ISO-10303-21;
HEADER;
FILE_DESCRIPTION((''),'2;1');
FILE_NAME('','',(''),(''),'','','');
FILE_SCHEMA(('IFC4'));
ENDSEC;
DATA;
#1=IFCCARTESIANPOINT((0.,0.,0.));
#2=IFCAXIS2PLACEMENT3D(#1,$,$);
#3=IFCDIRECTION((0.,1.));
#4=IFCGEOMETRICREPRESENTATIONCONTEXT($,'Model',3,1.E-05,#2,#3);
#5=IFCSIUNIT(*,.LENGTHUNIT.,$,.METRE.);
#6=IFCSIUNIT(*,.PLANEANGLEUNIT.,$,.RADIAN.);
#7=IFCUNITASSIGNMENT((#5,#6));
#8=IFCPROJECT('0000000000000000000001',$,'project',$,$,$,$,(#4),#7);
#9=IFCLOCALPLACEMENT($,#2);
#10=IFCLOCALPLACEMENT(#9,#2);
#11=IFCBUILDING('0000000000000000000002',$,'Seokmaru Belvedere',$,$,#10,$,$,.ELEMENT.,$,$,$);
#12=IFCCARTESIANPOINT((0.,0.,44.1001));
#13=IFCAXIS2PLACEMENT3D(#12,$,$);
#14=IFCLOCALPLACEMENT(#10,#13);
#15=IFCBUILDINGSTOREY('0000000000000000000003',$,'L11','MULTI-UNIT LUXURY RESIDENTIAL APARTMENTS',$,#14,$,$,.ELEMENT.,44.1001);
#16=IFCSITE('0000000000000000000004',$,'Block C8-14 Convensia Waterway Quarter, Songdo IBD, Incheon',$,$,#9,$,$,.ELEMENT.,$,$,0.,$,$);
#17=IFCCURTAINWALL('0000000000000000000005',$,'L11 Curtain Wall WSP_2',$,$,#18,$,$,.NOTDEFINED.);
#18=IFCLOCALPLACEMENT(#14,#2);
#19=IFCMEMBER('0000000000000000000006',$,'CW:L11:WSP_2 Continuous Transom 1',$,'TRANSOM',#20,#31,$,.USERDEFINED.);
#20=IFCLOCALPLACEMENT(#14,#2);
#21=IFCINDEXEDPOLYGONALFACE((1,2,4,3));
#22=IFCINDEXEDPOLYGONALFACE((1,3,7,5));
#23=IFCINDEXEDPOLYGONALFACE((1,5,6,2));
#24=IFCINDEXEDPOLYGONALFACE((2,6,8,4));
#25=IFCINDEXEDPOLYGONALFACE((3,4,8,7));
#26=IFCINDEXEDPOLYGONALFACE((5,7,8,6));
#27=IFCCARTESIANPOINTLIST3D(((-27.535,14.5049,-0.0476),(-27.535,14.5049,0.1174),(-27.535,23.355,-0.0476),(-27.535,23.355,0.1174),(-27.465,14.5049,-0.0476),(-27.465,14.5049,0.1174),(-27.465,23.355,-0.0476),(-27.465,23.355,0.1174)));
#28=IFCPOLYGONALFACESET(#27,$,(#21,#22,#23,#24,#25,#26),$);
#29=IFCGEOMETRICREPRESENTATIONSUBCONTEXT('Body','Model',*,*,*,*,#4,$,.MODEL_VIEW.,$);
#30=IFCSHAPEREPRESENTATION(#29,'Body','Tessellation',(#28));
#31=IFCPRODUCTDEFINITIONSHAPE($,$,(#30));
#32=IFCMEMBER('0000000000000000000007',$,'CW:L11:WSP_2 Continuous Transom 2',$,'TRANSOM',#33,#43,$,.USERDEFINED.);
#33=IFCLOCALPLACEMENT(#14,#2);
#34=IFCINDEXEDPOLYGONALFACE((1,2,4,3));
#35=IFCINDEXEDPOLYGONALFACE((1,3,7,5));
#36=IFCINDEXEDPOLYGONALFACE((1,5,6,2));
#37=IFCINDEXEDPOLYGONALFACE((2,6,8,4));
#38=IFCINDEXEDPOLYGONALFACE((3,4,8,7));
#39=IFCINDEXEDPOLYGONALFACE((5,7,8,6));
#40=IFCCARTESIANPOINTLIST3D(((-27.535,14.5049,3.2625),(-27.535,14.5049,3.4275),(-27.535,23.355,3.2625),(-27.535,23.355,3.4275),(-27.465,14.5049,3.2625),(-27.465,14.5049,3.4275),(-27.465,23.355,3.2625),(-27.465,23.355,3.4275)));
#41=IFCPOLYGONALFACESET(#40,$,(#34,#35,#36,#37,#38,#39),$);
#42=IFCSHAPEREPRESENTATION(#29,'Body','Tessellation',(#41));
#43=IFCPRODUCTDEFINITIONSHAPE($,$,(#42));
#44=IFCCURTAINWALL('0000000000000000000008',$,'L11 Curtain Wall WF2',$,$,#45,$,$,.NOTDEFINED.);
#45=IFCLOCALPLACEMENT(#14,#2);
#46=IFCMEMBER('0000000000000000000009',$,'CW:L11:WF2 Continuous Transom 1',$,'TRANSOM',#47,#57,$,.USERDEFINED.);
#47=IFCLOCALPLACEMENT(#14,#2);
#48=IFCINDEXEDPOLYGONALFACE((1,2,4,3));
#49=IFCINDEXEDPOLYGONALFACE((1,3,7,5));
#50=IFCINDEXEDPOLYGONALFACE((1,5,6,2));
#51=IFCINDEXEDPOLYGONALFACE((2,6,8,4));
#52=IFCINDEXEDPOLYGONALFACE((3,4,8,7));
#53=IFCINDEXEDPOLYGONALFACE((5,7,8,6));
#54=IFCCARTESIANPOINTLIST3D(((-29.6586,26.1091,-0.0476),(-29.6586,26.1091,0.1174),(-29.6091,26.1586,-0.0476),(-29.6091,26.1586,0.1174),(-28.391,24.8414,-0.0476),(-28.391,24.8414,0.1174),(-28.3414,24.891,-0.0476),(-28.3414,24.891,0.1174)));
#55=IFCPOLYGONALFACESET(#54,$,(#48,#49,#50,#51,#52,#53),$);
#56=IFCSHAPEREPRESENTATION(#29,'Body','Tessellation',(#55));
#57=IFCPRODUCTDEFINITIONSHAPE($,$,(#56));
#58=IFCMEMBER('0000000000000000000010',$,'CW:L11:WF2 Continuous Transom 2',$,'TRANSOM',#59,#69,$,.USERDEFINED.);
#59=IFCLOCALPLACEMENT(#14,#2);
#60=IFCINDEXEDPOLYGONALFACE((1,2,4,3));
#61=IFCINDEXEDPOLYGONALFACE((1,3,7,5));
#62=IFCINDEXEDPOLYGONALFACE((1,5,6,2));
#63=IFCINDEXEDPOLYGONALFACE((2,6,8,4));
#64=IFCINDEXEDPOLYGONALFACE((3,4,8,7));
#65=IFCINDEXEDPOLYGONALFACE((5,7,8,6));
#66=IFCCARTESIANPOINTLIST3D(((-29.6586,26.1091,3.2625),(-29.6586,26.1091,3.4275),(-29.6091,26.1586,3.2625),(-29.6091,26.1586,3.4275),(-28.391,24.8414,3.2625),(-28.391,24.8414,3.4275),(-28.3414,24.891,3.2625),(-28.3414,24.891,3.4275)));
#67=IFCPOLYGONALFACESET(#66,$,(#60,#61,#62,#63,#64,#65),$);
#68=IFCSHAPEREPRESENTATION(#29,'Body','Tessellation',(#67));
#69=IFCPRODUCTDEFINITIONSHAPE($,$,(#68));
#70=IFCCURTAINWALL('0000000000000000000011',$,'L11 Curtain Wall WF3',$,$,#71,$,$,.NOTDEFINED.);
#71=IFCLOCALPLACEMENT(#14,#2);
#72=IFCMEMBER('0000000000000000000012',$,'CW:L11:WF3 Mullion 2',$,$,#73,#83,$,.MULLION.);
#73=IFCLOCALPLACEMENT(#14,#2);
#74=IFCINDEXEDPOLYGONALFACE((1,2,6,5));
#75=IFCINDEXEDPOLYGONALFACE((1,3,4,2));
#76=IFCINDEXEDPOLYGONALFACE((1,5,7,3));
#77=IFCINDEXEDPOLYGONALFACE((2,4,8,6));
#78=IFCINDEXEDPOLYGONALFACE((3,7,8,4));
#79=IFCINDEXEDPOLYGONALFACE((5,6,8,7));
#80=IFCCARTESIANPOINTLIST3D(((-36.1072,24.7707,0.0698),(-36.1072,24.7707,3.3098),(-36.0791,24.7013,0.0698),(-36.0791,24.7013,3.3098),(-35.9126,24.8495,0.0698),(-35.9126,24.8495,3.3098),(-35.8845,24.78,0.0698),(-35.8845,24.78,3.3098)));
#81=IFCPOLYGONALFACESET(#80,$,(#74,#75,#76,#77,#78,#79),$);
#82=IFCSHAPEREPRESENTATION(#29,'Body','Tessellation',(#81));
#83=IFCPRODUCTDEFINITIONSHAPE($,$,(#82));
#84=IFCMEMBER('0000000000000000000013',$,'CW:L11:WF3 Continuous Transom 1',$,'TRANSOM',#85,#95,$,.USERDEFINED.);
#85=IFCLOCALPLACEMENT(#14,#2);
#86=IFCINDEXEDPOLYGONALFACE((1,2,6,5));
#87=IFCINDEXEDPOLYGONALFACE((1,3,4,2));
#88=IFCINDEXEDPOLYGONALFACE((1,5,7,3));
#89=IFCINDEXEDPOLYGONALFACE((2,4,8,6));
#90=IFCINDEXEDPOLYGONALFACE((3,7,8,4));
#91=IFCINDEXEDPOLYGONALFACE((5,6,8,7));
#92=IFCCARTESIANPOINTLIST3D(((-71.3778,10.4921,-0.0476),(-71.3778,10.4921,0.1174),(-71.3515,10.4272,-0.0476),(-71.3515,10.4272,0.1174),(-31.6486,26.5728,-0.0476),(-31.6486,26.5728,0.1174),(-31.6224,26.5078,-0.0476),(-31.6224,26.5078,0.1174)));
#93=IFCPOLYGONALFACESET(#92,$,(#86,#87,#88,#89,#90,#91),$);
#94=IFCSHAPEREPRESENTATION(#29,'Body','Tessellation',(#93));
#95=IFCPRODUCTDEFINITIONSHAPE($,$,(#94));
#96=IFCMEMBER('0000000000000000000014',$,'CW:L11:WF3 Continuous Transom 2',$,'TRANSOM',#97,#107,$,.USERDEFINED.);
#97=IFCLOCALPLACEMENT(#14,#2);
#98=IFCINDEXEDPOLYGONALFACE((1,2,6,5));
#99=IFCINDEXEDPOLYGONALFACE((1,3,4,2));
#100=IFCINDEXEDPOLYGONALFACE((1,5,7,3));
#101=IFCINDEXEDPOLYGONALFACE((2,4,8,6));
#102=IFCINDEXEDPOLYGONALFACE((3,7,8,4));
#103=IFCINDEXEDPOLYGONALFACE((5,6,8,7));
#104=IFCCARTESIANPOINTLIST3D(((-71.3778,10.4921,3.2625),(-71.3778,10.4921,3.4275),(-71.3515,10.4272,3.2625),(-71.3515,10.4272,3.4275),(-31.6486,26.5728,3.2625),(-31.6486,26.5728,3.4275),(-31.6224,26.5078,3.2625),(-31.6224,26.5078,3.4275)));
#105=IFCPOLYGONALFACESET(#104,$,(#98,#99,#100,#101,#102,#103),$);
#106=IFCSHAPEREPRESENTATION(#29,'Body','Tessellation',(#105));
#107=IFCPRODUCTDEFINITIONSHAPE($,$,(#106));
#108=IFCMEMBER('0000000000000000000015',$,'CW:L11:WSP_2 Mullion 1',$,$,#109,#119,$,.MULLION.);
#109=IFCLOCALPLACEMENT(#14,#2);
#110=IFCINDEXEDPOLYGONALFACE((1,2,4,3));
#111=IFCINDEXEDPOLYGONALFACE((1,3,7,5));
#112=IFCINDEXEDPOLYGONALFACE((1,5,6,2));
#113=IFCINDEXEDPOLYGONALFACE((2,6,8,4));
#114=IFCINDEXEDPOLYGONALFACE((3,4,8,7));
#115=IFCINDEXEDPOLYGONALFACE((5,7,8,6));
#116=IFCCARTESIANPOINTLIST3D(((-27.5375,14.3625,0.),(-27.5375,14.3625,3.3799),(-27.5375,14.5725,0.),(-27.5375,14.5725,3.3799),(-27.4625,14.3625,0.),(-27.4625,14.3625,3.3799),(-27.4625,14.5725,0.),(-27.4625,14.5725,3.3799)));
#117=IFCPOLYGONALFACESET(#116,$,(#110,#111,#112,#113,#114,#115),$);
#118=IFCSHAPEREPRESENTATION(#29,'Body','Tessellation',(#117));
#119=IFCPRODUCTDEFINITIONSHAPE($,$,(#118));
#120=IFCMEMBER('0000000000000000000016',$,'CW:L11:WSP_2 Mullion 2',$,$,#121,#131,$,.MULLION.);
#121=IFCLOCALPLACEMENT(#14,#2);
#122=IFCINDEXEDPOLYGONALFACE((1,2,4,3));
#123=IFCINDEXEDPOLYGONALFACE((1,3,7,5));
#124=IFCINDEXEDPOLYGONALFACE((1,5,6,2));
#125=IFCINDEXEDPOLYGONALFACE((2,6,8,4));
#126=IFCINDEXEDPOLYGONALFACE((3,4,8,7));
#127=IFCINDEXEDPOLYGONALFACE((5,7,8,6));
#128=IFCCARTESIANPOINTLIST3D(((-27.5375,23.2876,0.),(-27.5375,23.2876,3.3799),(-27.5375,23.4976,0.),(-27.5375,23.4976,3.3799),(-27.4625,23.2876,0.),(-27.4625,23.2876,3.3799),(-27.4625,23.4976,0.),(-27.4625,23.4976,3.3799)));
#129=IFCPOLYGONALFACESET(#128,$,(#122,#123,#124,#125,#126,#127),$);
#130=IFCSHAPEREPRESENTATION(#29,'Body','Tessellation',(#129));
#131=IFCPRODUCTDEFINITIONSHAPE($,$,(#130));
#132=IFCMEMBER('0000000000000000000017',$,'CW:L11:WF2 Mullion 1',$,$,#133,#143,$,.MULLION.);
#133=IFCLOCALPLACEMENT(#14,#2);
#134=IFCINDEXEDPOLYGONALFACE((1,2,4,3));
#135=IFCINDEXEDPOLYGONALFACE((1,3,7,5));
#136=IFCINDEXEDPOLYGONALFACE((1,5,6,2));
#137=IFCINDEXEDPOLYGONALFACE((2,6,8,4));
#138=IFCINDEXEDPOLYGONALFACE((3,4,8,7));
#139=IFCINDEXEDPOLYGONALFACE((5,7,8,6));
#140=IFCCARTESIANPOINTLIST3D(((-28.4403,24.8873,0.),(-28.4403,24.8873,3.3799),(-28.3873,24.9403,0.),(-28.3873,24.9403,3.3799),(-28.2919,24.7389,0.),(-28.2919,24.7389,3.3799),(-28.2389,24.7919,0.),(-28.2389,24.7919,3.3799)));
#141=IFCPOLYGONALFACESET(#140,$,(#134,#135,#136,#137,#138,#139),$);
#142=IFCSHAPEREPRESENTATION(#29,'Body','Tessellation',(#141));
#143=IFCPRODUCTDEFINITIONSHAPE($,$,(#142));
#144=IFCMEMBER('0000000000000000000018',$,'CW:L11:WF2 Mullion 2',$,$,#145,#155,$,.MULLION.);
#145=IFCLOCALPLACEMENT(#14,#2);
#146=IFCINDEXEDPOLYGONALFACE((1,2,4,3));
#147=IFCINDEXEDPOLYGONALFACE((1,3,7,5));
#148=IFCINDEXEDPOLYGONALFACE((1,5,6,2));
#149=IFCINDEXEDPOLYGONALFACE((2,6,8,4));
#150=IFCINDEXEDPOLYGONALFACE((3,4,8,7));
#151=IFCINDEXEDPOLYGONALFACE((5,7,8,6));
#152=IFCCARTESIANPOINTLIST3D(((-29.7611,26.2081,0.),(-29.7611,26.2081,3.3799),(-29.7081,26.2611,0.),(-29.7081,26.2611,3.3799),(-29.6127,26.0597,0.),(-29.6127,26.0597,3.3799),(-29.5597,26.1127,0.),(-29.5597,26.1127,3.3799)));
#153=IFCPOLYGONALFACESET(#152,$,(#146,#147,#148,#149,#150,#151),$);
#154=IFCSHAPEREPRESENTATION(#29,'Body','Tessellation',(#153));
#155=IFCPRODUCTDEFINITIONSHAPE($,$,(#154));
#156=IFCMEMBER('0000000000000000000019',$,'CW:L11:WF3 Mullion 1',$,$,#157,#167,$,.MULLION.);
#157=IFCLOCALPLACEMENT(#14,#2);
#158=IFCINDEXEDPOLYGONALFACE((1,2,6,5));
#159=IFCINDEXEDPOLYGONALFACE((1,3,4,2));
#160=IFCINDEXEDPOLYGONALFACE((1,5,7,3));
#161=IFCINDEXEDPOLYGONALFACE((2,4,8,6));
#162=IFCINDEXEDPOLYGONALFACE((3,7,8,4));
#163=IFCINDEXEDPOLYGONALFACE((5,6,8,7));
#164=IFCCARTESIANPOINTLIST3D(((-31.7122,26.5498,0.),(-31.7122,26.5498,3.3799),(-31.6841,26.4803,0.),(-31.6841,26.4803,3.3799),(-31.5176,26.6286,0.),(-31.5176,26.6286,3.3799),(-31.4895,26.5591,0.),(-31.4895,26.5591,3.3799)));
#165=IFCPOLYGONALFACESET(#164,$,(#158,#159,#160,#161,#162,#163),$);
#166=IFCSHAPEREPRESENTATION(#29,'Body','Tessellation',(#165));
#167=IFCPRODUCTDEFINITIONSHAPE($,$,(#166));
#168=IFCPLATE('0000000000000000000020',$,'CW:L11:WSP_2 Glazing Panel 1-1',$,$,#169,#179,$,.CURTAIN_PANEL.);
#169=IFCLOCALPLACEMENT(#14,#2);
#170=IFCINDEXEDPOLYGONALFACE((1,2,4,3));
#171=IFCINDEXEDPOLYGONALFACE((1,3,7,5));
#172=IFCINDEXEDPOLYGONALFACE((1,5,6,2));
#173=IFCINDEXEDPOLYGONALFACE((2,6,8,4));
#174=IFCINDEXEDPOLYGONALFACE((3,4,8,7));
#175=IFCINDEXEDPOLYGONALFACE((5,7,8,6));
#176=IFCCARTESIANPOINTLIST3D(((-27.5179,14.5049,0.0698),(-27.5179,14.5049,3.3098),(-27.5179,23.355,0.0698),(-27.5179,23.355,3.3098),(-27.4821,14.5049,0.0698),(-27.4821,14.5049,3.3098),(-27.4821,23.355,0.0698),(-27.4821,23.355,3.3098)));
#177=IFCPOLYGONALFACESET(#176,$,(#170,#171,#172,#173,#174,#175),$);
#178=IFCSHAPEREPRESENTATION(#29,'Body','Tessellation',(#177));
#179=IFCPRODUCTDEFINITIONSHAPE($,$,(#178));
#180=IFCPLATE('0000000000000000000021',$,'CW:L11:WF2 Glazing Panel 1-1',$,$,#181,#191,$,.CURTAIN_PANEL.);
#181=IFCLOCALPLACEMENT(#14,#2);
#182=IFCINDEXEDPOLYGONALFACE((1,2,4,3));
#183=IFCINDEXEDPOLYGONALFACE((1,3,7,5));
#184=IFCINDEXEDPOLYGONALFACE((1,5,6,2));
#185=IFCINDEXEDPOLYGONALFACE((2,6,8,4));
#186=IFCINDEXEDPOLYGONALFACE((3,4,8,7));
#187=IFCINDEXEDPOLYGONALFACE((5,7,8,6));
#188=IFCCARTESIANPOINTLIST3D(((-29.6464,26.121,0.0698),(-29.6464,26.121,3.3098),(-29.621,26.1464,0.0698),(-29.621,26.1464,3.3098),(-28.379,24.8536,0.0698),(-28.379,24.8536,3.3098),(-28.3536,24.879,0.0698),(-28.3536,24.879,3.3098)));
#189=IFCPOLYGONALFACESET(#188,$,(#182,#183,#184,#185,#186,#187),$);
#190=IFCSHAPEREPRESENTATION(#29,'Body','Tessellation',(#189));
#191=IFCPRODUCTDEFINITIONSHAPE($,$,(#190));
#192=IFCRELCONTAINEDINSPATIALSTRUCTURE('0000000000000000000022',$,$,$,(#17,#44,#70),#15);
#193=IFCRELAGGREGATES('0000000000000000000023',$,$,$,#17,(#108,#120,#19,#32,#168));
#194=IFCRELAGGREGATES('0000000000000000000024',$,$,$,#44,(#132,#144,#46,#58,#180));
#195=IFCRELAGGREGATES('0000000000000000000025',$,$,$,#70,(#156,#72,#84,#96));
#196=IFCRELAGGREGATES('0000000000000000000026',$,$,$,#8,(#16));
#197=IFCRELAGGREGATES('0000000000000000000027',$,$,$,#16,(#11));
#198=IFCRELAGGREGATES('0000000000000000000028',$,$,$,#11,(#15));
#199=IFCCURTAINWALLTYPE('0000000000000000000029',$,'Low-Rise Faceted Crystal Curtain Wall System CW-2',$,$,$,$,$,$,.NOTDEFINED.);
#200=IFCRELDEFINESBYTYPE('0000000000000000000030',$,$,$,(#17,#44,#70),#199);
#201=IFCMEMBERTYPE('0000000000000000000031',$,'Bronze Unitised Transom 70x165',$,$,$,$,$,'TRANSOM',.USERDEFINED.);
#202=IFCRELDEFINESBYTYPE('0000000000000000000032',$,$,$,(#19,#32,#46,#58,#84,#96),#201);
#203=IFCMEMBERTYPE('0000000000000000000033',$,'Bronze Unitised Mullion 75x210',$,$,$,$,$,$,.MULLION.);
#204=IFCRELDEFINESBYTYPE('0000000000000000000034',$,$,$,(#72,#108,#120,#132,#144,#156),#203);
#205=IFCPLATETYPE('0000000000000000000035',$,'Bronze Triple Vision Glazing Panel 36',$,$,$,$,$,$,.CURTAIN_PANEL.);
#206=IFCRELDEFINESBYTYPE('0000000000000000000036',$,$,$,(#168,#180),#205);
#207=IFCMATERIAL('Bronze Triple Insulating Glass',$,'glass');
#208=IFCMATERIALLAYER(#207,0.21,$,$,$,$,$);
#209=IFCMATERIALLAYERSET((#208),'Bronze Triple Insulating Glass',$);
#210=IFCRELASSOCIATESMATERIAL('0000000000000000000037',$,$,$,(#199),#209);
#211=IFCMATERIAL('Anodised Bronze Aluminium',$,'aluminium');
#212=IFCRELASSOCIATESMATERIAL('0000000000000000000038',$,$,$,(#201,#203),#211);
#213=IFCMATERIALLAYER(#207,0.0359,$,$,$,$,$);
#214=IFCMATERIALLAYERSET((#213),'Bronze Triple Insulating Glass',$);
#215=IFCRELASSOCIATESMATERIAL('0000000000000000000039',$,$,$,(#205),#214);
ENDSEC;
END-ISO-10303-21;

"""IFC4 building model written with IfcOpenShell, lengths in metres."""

from ifc_helpers import new_model, si_unit, direction, frame, origin, origin_2d, place, context, subcontext, project, spatial, rectangle, extrude, source, transform, mapped, material, layer, layer_set, material_profile, profile_set, type_object, type_shapes, element, aggregate, save


model = new_model("IFC4")

# Units and contexts
model_context = context("Model", 3, precision=1e-05, world=origin(), true_north=direction((0.0, 1.0)))
body_context = subcontext(model_context, "Body", "Model", "MODEL_VIEW")
ifc_project = project(units=[si_unit("LENGTHUNIT", "METRE"), si_unit("PLANEANGLEUNIT", "RADIAN")], contexts=[model_context])

# Site, building, storey
site_placement = place(None, origin())
site = spatial("IfcSite", under=ifc_project, at=site_placement, Name="Block C8-14 Convensia Waterway Quarter, Songdo IBD, Incheon", CompositionType="ELEMENT", RefElevation=0.0)
building_placement = place(site_placement, origin())
building = spatial("IfcBuilding", under=site, at=building_placement, Name="Seokmaru Belvedere", CompositionType="ELEMENT")
storey_placement = place(building_placement, frame((0.0, 0.0, 44.1001)))
storey = spatial("IfcBuildingStorey", under=building, at=storey_placement, Name="L11", Description="MULTI-UNIT LUXURY RESIDENTIAL APARTMENTS", CompositionType="ELEMENT", Elevation=44.1001)

# Curtain walls, members
ifc_material_1 = material(Name="Bronze Triple Insulating Glass", Category="glass")
ifc_layer_1 = layer(ifc_material_1, 0.21)
ifc_layer_set_1 = layer_set([ifc_layer_1], Name="Bronze Triple Insulating Glass")
curtain_wall_type = type_object("IfcCurtainWallType", Name="Low-Rise Faceted Crystal Curtain Wall System CW-2", PredefinedType="NOTDEFINED", material=ifc_layer_set_1)
curtain_wall_1_placement = place(storey_placement, origin())
curtain_wall_1 = element("IfcCurtainWall", 1, at=curtain_wall_1_placement, inside=storey, type_object=curtain_wall_type, Name="L11 Curtain Wall WSP_2", PredefinedType="NOTDEFINED")
ifc_material_2 = material(Name="Anodised Bronze Aluminium", Category="aluminium")
ifc_material_profile_1 = material_profile(ifc_material_2, rectangle(XDim=0.0701, YDim=0.165, at=origin_2d()), Name="CW-T-70x165")
ifc_profile_set_1 = profile_set([ifc_material_profile_1], Name="Anodised Bronze Aluminium")
member_type_1 = type_object("IfcMemberType", Name="Bronze Unitised Transom 70x165", ElementType="TRANSOM", PredefinedType="USERDEFINED", material=ifc_profile_set_1)
shared_shape_1 = source(origin(), body_context, "Body", "SweptSolid", [
    extrude(rectangle(XDim=0.0701, YDim=0.165, at=origin_2d()), origin(), (0.0, 0.0, 1.0), 8.8501),
])
member_1_placement = place(storey_placement, frame((-27.5, 14.5049, 0.0349), z_axis=(0.0, 1.0, 0.0), x_axis=(-1.0, 0.0, 0.0)))
member_1 = element("IfcMember", 2, at=member_1_placement, type_object=member_type_1, Name="CW:L11:WSP_2 Continuous Transom 1", ObjectType="TRANSOM", PredefinedType="USERDEFINED", context=body_context, shape_type="MappedRepresentation", body=[
    mapped(shared_shape_1, transform((0.0, 0.0, 0.0), scale=1.0)),
])
member_2_placement = place(storey_placement, frame((-27.5, 14.5049, 3.345), z_axis=(0.0, 1.0, 0.0), x_axis=(-1.0, 0.0, 0.0)))
member_2 = element("IfcMember", 3, at=member_2_placement, type_object=member_type_1, Name="CW:L11:WSP_2 Continuous Transom 2", ObjectType="TRANSOM", PredefinedType="USERDEFINED", context=body_context, shape_type="MappedRepresentation", body=[
    mapped(shared_shape_1, transform((0.0, 0.0, 0.0), scale=1.0)),
])
curtain_wall_2_placement = place(storey_placement, origin())
curtain_wall_2 = element("IfcCurtainWall", 4, at=curtain_wall_2_placement, inside=storey, type_object=curtain_wall_type, Name="L11 Curtain Wall WF2", PredefinedType="NOTDEFINED")
shared_shape_2 = source(origin(), body_context, "Body", "SweptSolid", [
    extrude(rectangle(XDim=0.0701, YDim=0.165, at=origin_2d()), origin(), (0.0, 0.0, 1.0), 1.7927),
])
member_3_placement = place(storey_placement, frame((-28.3662, 24.8662, 0.0349), z_axis=(-0.707107, 0.707107, 0.0), x_axis=(-0.707107, -0.707107, 0.0)))
member_3 = element("IfcMember", 5, at=member_3_placement, type_object=member_type_1, Name="CW:L11:WF2 Continuous Transom 1", ObjectType="TRANSOM", PredefinedType="USERDEFINED", context=body_context, shape_type="MappedRepresentation", body=[
    mapped(shared_shape_2, transform((0.0, 0.0, 0.0), scale=1.0)),
])
member_4_placement = place(storey_placement, frame((-28.3662, 24.8662, 3.345), z_axis=(-0.707107, 0.707107, 0.0), x_axis=(-0.707107, -0.707107, 0.0)))
member_4 = element("IfcMember", 6, at=member_4_placement, type_object=member_type_1, Name="CW:L11:WF2 Continuous Transom 2", ObjectType="TRANSOM", PredefinedType="USERDEFINED", context=body_context, shape_type="MappedRepresentation", body=[
    mapped(shared_shape_2, transform((0.0, 0.0, 0.0), scale=1.0)),
])
curtain_wall_3_placement = place(storey_placement, origin())
curtain_wall_3 = element("IfcCurtainWall", 7, at=curtain_wall_3_placement, inside=storey, type_object=curtain_wall_type, Name="L11 Curtain Wall WF3", PredefinedType="NOTDEFINED")
ifc_material_profile_2 = material_profile(ifc_material_2, rectangle(XDim=0.075, YDim=0.21, at=origin_2d()), Name="CW-M-75x210")
ifc_profile_set_2 = profile_set([ifc_material_profile_2], Name="Anodised Bronze Aluminium")
member_type_2 = type_object("IfcMemberType", Name="Bronze Unitised Mullion 75x210", PredefinedType="MULLION", material=ifc_profile_set_2)
shared_shape_3 = source(origin(), body_context, "Body", "SweptSolid", [
    extrude(rectangle(XDim=0.075, YDim=0.21, at=origin_2d()), origin(), (0.0, 0.0, 1.0), 3.24),
])
member_5_placement = place(storey_placement, frame((-35.9958, 24.7754, 0.0698), z_axis=(0.0, 0.0, 1.0), x_axis=(0.375192, -0.926947, 0.0)))
member_5 = element("IfcMember", 8, at=member_5_placement, type_object=member_type_2, Name="CW:L11:WF3 Mullion 2", PredefinedType="MULLION", context=body_context, shape_type="MappedRepresentation", body=[
    mapped(shared_shape_3, transform((0.0, 0.0, 0.0), scale=1.0)),
])
shared_shape_4 = source(origin(), body_context, "Body", "SweptSolid", [
    extrude(rectangle(XDim=0.0701, YDim=0.165, at=origin_2d()), origin(), (0.0, 0.0, 1.0), 42.8601),
])
type_shapes(member_type_1, [shared_shape_1, shared_shape_2, shared_shape_4])
member_6_placement = place(storey_placement, frame((-31.6355, 26.5403, 0.0349), z_axis=(-0.926949, -0.375188, 0.0), x_axis=(0.375188, -0.926949, 0.0)))
member_6 = element("IfcMember", 9, at=member_6_placement, type_object=member_type_1, Name="CW:L11:WF3 Continuous Transom 1", ObjectType="TRANSOM", PredefinedType="USERDEFINED", context=body_context, shape_type="MappedRepresentation", body=[
    mapped(shared_shape_4, transform((0.0, 0.0, 0.0), scale=1.0)),
])
member_7_placement = place(storey_placement, frame((-31.6355, 26.5403, 3.345), z_axis=(-0.926949, -0.375188, 0.0), x_axis=(0.375188, -0.926949, 0.0)))
member_7 = element("IfcMember", 10, at=member_7_placement, type_object=member_type_1, Name="CW:L11:WF3 Continuous Transom 2", ObjectType="TRANSOM", PredefinedType="USERDEFINED", context=body_context, shape_type="MappedRepresentation", body=[
    mapped(shared_shape_4, transform((0.0, 0.0, 0.0), scale=1.0)),
])

# Members
shared_shape_5 = source(origin(), body_context, "Body", "SweptSolid", [
    extrude(rectangle(XDim=0.075, YDim=0.21, at=origin_2d()), origin(), (0.0, 0.0, 1.0), 3.3799),
])
type_shapes(member_type_2, [shared_shape_3, shared_shape_5])
member_8_placement = place(storey_placement, frame((-27.5, 14.4675, 0.0), z_axis=(0.0, 0.0, 1.0), x_axis=(-1.0, 0.0, 0.0)))
member_8 = element("IfcMember", 11, at=member_8_placement, type_object=member_type_2, Name="CW:L11:WSP_2 Mullion 1", PredefinedType="MULLION", context=body_context, shape_type="MappedRepresentation", body=[
    mapped(shared_shape_5, transform((0.0, 0.0, 0.0), scale=1.0)),
])
member_9_placement = place(storey_placement, frame((-27.5, 23.3926, 0.0), z_axis=(0.0, 0.0, 1.0), x_axis=(-1.0, 0.0, 0.0)))
member_9 = element("IfcMember", 12, at=member_9_placement, type_object=member_type_2, Name="CW:L11:WSP_2 Mullion 2", PredefinedType="MULLION", context=body_context, shape_type="MappedRepresentation", body=[
    mapped(shared_shape_5, transform((0.0, 0.0, 0.0), scale=1.0)),
])
member_10_placement = place(storey_placement, frame((-28.3396, 24.8396, 0.0), z_axis=(0.0, 0.0, 1.0), x_axis=(-0.707107, -0.707107, 0.0)))
member_10 = element("IfcMember", 13, at=member_10_placement, type_object=member_type_2, Name="CW:L11:WF2 Mullion 1", PredefinedType="MULLION", context=body_context, shape_type="MappedRepresentation", body=[
    mapped(shared_shape_5, transform((0.0, 0.0, 0.0), scale=1.0)),
])
member_11_placement = place(storey_placement, frame((-29.6604, 26.1604, 0.0), z_axis=(0.0, 0.0, 1.0), x_axis=(-0.707107, -0.707107, 0.0)))
member_11 = element("IfcMember", 14, at=member_11_placement, type_object=member_type_2, Name="CW:L11:WF2 Mullion 2", PredefinedType="MULLION", context=body_context, shape_type="MappedRepresentation", body=[
    mapped(shared_shape_5, transform((0.0, 0.0, 0.0), scale=1.0)),
])
member_12_placement = place(storey_placement, frame((-31.6008, 26.5544, 0.0), z_axis=(0.0, 0.0, 1.0), x_axis=(0.375192, -0.926947, 0.0)))
member_12 = element("IfcMember", 15, at=member_12_placement, type_object=member_type_2, Name="CW:L11:WF3 Mullion 1", PredefinedType="MULLION", context=body_context, shape_type="MappedRepresentation", body=[
    mapped(shared_shape_5, transform((0.0, 0.0, 0.0), scale=1.0)),
])

# Plates
ifc_layer_2 = layer(ifc_material_1, 0.0359)
ifc_layer_set_2 = layer_set([ifc_layer_2], Name="Bronze Triple Insulating Glass")
plate_type = type_object("IfcPlateType", Name="Bronze Triple Vision Glazing Panel 36", PredefinedType="CURTAIN_PANEL", material=ifc_layer_set_2)
shared_shape_6 = source(origin(), body_context, "Body", "SweptSolid", [
    extrude(rectangle(XDim=8.8501, YDim=0.0359, at=origin_2d()), origin(), (0.0, 0.0, 1.0), 3.24),
])
plate_1_placement = place(storey_placement, frame((-27.5, 18.9299, 0.0698), z_axis=(0.0, 0.0, 1.0), x_axis=(0.0, 1.0, 0.0)))
plate_1 = element("IfcPlate", 16, at=plate_1_placement, type_object=plate_type, Name="CW:L11:WSP_2 Glazing Panel 1-1", PredefinedType="CURTAIN_PANEL", context=body_context, shape_type="MappedRepresentation", body=[
    mapped(shared_shape_6, transform((0.0, 0.0, 0.0), scale=1.0)),
])
aggregate(curtain_wall_1, [member_8, member_9, member_1, member_2, plate_1])
shared_shape_7 = source(origin(), body_context, "Body", "SweptSolid", [
    extrude(rectangle(XDim=1.7925, YDim=0.0359, at=origin_2d()), origin(), (0.0, 0.0, 1.0), 3.24),
])
plate_2_placement = place(storey_placement, frame((-29.0, 25.5, 0.0698), z_axis=(0.0, 0.0, 1.0), x_axis=(-0.707107, 0.707107, 0.0)))
plate_2 = element("IfcPlate", 17, at=plate_2_placement, type_object=plate_type, Name="CW:L11:WF2 Glazing Panel 1-1", PredefinedType="CURTAIN_PANEL", context=body_context, shape_type="MappedRepresentation", body=[
    mapped(shared_shape_7, transform((0.0, 0.0, 0.0), scale=1.0)),
])
aggregate(curtain_wall_2, [member_10, member_11, member_3, member_4, plate_2])
aggregate(curtain_wall_3, [member_12, member_5, member_6, member_7])

save(model, "model.ifc")
